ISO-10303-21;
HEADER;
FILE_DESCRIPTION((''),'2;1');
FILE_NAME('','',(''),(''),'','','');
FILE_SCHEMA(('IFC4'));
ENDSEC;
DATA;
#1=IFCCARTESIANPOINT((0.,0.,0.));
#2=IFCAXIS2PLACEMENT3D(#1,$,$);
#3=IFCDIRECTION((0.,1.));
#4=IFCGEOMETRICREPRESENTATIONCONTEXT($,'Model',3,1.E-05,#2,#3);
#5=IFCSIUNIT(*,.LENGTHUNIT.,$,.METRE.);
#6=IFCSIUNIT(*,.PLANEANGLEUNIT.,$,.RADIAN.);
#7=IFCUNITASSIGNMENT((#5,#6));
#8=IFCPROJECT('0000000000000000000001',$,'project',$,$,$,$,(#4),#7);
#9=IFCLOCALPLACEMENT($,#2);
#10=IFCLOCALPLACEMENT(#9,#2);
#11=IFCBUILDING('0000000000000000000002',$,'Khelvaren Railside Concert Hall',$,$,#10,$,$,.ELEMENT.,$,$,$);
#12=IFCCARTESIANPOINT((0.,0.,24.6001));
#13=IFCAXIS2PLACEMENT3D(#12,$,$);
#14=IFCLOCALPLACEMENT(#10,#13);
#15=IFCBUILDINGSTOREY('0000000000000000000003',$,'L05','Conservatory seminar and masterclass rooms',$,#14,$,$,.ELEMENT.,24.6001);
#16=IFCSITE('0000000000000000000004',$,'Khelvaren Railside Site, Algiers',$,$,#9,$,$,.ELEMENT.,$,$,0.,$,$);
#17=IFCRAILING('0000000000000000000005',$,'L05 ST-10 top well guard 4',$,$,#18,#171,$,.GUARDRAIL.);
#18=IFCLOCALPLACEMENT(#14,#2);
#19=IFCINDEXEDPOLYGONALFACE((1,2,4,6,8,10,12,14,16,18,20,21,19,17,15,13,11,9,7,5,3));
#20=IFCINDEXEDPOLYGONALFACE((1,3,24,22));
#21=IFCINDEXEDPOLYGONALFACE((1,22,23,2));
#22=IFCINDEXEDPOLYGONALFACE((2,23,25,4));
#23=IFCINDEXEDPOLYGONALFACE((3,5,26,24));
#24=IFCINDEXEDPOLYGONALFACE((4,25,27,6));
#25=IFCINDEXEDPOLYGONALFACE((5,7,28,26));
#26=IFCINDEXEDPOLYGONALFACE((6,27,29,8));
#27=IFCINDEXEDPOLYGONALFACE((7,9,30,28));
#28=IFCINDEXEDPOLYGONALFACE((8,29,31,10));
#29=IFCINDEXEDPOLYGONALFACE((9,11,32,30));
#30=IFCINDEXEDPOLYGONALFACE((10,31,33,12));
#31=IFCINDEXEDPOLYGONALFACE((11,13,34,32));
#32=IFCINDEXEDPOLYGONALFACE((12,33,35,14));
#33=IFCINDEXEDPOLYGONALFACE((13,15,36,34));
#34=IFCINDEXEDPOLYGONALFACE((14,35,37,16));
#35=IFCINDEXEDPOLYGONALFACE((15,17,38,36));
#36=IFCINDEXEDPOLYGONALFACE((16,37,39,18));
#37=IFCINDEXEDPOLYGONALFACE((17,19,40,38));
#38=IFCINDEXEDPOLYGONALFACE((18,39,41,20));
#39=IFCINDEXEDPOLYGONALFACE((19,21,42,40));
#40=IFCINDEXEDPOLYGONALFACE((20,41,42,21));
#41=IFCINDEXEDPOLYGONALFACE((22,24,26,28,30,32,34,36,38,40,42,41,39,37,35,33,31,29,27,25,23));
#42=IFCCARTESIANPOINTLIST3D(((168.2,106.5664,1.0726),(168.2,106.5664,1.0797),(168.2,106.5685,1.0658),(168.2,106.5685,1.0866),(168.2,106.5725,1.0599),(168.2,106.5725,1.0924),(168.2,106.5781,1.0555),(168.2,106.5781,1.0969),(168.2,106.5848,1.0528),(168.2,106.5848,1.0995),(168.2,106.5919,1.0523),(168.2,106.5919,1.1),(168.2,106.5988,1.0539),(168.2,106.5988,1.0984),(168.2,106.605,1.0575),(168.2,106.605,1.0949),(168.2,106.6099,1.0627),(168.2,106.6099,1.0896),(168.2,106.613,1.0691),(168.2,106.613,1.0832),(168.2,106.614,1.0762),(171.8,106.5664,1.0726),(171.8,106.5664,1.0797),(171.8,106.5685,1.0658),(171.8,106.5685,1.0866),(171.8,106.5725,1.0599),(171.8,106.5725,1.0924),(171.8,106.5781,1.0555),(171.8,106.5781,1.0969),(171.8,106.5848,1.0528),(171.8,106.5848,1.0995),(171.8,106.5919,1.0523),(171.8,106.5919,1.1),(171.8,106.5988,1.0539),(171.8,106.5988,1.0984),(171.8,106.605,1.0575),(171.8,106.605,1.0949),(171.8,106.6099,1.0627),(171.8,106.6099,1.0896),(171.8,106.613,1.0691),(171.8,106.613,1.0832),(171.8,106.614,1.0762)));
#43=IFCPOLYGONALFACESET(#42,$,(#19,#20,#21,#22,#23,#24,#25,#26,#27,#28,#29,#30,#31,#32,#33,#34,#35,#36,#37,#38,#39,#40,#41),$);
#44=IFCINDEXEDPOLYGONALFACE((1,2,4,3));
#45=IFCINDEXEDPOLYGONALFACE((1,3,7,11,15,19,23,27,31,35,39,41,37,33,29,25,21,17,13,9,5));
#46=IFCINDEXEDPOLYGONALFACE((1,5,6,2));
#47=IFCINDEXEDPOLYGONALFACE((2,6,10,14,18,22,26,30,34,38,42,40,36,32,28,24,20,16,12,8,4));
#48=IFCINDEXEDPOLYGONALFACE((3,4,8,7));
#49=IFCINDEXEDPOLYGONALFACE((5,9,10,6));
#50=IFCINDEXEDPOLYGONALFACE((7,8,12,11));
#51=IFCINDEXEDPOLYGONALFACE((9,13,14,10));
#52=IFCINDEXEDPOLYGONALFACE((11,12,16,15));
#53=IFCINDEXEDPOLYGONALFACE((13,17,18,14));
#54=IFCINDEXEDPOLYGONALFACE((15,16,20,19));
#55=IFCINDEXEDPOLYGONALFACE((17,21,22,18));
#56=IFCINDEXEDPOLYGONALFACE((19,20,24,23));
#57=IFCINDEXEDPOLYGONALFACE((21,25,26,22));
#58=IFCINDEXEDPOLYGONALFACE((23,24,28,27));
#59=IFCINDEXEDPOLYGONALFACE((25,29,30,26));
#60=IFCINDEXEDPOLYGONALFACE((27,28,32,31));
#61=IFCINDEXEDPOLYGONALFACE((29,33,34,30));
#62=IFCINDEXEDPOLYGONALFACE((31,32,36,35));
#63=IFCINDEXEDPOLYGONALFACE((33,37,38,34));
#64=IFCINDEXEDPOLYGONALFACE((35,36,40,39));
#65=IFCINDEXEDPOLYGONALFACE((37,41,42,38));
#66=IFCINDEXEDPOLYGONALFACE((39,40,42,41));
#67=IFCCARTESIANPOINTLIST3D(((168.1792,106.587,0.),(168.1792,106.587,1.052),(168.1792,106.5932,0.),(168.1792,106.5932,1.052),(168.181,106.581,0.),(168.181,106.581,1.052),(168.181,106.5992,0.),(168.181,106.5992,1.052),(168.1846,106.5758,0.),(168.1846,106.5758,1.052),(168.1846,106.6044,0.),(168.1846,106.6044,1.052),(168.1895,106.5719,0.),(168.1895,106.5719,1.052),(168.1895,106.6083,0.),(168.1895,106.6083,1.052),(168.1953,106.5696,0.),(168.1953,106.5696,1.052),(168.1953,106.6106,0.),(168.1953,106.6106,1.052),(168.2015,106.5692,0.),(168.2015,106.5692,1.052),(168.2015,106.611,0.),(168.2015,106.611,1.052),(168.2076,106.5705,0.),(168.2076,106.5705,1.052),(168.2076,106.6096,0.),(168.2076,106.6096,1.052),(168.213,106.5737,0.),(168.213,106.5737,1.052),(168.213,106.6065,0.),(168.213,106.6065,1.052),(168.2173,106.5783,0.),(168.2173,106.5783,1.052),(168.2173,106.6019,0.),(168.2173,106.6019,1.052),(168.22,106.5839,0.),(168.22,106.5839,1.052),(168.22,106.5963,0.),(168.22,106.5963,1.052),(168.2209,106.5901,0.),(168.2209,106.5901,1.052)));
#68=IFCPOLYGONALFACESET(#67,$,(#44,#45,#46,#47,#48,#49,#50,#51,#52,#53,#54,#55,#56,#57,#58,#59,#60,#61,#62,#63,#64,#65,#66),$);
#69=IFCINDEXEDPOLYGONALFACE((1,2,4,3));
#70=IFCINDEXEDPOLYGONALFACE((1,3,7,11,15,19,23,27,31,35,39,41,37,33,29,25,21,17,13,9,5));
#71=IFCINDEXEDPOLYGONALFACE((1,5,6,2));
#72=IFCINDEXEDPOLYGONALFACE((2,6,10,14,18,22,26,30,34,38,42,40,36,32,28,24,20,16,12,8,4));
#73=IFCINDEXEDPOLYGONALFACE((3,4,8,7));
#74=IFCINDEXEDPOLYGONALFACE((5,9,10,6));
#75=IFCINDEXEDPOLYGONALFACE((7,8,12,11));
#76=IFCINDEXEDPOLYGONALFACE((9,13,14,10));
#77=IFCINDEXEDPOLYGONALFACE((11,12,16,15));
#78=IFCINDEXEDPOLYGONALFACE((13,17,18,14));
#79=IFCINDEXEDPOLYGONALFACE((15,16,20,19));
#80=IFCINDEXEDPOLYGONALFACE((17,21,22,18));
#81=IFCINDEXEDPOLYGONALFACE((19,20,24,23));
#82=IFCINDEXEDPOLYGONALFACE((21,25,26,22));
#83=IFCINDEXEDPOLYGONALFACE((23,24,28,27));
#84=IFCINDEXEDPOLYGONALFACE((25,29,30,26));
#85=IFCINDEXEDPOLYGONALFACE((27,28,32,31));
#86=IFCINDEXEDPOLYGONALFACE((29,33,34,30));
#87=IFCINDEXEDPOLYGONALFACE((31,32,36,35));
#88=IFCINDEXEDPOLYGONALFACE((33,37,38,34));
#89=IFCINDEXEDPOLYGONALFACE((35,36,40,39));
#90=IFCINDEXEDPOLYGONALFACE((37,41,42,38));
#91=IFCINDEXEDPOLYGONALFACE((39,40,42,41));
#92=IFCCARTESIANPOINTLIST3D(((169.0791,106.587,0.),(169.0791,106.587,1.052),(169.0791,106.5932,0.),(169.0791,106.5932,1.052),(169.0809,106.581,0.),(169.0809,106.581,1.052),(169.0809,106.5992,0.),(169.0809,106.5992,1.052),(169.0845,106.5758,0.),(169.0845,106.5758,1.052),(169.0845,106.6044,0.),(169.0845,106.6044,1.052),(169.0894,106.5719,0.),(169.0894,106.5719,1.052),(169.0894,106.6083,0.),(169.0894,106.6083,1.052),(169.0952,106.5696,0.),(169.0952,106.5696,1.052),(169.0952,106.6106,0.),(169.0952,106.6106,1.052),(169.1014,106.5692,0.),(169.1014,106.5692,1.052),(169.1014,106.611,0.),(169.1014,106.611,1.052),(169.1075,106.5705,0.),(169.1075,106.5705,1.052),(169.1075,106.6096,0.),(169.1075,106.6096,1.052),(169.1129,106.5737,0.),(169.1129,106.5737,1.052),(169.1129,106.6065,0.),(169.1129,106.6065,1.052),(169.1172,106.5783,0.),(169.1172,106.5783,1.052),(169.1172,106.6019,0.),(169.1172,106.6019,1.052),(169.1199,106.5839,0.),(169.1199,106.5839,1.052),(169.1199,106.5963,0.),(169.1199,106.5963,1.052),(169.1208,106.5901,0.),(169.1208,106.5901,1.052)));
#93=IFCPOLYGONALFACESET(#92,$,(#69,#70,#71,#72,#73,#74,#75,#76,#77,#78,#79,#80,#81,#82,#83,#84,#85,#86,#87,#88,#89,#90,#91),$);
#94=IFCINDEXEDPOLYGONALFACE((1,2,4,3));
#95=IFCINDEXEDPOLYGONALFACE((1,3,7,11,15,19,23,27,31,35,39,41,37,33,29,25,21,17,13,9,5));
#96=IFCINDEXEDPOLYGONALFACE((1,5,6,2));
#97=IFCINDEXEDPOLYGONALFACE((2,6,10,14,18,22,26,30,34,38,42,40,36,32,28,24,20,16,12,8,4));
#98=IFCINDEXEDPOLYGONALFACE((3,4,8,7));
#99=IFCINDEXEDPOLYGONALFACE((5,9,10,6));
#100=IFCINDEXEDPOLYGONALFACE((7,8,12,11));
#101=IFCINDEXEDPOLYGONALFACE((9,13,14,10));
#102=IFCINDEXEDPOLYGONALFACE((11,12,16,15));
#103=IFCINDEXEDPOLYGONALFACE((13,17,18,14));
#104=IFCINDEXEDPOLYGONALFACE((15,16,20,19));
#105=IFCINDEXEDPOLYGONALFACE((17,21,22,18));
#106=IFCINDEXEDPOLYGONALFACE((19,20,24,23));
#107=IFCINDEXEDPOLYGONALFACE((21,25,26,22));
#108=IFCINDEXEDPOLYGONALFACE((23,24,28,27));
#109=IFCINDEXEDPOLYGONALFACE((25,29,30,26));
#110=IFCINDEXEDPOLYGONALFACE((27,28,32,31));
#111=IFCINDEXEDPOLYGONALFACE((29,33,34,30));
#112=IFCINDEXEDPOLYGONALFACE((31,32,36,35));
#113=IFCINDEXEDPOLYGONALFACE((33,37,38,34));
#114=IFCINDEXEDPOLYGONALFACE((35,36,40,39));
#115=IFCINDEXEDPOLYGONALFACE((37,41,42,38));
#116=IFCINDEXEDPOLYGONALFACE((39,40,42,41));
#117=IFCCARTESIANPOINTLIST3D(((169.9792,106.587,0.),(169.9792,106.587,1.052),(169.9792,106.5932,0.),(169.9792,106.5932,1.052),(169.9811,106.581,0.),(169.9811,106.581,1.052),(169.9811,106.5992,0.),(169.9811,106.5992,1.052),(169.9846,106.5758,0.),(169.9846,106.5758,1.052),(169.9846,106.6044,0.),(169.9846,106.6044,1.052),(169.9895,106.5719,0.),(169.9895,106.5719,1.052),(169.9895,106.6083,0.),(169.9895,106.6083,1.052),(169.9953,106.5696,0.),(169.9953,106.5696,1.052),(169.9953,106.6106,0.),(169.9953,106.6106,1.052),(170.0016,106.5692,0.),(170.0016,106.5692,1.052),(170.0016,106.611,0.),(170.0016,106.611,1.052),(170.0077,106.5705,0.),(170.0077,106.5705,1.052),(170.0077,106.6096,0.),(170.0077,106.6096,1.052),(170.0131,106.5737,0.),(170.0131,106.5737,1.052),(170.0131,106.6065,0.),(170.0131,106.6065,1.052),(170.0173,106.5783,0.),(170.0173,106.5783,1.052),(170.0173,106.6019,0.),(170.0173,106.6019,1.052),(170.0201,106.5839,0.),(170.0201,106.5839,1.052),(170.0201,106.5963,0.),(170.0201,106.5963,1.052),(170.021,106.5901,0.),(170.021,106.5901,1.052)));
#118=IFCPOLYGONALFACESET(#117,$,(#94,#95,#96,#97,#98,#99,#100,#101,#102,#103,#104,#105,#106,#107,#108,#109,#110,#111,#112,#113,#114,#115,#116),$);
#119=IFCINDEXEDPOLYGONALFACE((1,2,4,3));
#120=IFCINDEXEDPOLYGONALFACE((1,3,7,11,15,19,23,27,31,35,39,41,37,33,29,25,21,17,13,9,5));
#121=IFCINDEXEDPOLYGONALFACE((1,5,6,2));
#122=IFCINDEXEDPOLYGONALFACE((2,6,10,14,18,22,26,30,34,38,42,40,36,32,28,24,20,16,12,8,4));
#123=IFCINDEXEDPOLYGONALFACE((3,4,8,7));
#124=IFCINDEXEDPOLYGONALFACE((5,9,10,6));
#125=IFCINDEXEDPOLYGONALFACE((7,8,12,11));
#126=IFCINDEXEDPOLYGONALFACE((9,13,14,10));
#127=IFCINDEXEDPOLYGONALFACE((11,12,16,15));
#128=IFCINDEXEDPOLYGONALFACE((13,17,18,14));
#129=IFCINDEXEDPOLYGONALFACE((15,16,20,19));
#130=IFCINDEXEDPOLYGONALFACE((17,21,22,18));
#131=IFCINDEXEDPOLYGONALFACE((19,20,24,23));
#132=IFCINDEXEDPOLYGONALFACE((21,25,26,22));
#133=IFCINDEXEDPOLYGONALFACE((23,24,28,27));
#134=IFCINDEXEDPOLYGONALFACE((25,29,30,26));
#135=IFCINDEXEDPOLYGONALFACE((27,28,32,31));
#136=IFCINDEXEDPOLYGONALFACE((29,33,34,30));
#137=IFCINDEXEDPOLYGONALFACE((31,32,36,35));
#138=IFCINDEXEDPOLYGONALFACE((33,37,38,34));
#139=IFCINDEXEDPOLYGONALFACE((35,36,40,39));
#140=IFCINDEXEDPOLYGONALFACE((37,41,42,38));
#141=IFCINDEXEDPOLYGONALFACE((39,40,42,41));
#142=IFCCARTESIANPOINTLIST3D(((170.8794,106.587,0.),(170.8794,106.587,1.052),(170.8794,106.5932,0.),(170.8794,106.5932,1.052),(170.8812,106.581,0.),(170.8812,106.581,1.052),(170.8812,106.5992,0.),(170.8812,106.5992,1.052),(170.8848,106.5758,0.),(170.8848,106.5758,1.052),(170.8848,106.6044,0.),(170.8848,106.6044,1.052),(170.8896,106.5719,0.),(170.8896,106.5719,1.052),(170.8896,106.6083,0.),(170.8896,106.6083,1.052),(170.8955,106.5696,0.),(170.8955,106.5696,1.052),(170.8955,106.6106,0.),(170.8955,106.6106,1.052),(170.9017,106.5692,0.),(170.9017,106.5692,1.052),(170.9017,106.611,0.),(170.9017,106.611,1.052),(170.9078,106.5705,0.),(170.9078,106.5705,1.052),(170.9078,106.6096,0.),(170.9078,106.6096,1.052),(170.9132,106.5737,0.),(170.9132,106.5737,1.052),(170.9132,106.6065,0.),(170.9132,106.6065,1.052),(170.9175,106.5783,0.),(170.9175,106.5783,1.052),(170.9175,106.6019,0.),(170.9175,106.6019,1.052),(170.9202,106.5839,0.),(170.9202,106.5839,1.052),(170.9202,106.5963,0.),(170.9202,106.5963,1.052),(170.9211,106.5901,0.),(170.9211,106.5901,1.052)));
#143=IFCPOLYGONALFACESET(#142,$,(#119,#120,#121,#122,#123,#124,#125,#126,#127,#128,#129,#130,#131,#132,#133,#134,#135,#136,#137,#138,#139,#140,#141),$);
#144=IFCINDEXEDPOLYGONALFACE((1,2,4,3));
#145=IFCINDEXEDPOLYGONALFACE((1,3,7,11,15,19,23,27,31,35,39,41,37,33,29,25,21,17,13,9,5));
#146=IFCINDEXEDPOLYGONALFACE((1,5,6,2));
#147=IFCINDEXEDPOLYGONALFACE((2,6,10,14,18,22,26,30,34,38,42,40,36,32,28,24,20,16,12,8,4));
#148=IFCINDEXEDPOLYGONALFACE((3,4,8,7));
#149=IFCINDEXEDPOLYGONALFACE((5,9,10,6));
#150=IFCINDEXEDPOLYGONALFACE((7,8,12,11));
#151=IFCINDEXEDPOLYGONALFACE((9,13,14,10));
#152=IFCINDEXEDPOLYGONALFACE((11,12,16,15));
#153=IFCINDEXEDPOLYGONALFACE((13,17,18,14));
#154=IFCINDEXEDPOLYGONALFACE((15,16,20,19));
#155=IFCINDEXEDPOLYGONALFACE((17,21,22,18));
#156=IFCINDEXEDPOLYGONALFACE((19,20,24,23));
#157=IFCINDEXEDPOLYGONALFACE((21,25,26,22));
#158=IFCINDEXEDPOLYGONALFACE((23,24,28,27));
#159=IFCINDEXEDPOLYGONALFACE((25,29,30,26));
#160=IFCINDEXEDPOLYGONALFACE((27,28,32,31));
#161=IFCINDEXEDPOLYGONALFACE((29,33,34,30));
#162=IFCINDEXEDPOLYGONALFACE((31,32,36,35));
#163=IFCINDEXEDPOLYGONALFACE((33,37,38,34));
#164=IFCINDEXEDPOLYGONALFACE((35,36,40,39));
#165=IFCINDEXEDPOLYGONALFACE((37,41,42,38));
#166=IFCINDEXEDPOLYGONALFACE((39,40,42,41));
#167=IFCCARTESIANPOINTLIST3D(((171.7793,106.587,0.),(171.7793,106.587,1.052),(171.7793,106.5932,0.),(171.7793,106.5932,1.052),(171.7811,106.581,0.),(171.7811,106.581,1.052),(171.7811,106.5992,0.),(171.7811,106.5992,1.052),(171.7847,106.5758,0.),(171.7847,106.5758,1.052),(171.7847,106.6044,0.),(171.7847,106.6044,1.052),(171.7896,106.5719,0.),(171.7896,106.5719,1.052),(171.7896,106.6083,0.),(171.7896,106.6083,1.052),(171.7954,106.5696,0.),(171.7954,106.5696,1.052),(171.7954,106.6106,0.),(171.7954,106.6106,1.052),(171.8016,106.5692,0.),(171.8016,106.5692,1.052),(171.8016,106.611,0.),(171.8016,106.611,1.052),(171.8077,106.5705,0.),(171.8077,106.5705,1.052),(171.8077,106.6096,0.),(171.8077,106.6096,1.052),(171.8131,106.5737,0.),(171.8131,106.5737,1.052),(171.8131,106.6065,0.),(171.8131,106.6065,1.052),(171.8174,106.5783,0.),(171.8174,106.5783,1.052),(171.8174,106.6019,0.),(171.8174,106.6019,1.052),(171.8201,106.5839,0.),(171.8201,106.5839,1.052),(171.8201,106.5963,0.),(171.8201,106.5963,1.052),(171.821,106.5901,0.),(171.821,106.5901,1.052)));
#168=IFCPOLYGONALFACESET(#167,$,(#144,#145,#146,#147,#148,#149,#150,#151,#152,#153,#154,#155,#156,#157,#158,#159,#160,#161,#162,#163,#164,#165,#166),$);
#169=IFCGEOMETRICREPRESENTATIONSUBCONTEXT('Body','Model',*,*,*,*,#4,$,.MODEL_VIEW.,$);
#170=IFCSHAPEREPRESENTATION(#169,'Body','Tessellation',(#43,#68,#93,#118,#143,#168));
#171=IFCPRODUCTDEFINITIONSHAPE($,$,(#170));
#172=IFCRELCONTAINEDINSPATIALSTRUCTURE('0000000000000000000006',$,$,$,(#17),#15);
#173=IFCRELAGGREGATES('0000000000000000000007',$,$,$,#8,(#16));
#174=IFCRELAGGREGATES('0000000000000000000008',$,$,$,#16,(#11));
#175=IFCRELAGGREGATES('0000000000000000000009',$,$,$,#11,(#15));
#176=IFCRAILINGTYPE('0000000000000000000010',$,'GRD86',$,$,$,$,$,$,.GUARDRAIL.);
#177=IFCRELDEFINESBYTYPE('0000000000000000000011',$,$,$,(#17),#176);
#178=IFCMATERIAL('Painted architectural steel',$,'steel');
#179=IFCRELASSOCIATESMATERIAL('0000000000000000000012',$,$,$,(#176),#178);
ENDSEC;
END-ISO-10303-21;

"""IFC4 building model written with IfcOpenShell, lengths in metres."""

from ifc_helpers import new_model, si_unit, direction, frame, origin, origin_2d, place, context, subcontext, project, spatial, circle, extrude, material, type_object, element, save


model = new_model("IFC4")

# Units and contexts
model_context = context("Model", 3, precision=1e-05, world=origin(), true_north=direction((0.0, 1.0)))
body_context = subcontext(model_context, "Body", "Model", "MODEL_VIEW")
ifc_project = project(units=[si_unit("LENGTHUNIT", "METRE"), si_unit("PLANEANGLEUNIT", "RADIAN")], contexts=[model_context])

# Site, building, storey
site_placement = place(None, origin())
site = spatial("IfcSite", under=ifc_project, at=site_placement, Name="Khelvaren Railside Site, Algiers", CompositionType="ELEMENT", RefElevation=0.0)
building_placement = place(site_placement, origin())
building = spatial("IfcBuilding", under=site, at=building_placement, Name="Khelvaren Railside Concert Hall", CompositionType="ELEMENT")
storey_placement = place(building_placement, frame((0.0, 0.0, 24.6001)))
storey = spatial("IfcBuildingStorey", under=building, at=storey_placement, Name="L05", Description="Conservatory seminar and masterclass rooms", CompositionType="ELEMENT", Elevation=24.6001)

# Railing
ifc_material_1 = material(Name="Painted architectural steel", Category="steel")
railing_type = type_object("IfcRailingType", Name="GRD86", PredefinedType="GUARDRAIL", material=ifc_material_1)
railing_1_placement = place(storey_placement, frame((168.2, 106.5901, 0.0)))
element("IfcRailing", 1, at=railing_1_placement, inside=storey, type_object=railing_type, Name="L05 ST-10 top well guard 4", PredefinedType="GUARDRAIL", context=body_context, shape_type="SweptSolid", body=[
    extrude(circle(Radius=0.0239, at=origin_2d()), frame((0.0, 0.0, 1.0762), z_axis=(1.0, 0.0, 0.0), x_axis=(0.0, 1.0, 0.0)), (0.0, 0.0, 1.0), 3.6001),
    extrude(circle(Radius=0.021, at=origin_2d()), origin(), (0.0, 0.0, 1.0), 1.052),
    extrude(circle(Radius=0.021, at=origin_2d()), frame((0.8999, 0.0, 0.0)), (0.0, 0.0, 1.0), 1.052),
    extrude(circle(Radius=0.021, at=origin_2d()), frame((1.8, 0.0, 0.0)), (0.0, 0.0, 1.0), 1.052),
    extrude(circle(Radius=0.021, at=origin_2d()), frame((2.7002, 0.0, 0.0)), (0.0, 0.0, 1.0), 1.052),
    extrude(circle(Radius=0.021, at=origin_2d()), frame((3.6001, 0.0, 0.0)), (0.0, 0.0, 1.0), 1.052),
])

save(model, "model.ifc")
